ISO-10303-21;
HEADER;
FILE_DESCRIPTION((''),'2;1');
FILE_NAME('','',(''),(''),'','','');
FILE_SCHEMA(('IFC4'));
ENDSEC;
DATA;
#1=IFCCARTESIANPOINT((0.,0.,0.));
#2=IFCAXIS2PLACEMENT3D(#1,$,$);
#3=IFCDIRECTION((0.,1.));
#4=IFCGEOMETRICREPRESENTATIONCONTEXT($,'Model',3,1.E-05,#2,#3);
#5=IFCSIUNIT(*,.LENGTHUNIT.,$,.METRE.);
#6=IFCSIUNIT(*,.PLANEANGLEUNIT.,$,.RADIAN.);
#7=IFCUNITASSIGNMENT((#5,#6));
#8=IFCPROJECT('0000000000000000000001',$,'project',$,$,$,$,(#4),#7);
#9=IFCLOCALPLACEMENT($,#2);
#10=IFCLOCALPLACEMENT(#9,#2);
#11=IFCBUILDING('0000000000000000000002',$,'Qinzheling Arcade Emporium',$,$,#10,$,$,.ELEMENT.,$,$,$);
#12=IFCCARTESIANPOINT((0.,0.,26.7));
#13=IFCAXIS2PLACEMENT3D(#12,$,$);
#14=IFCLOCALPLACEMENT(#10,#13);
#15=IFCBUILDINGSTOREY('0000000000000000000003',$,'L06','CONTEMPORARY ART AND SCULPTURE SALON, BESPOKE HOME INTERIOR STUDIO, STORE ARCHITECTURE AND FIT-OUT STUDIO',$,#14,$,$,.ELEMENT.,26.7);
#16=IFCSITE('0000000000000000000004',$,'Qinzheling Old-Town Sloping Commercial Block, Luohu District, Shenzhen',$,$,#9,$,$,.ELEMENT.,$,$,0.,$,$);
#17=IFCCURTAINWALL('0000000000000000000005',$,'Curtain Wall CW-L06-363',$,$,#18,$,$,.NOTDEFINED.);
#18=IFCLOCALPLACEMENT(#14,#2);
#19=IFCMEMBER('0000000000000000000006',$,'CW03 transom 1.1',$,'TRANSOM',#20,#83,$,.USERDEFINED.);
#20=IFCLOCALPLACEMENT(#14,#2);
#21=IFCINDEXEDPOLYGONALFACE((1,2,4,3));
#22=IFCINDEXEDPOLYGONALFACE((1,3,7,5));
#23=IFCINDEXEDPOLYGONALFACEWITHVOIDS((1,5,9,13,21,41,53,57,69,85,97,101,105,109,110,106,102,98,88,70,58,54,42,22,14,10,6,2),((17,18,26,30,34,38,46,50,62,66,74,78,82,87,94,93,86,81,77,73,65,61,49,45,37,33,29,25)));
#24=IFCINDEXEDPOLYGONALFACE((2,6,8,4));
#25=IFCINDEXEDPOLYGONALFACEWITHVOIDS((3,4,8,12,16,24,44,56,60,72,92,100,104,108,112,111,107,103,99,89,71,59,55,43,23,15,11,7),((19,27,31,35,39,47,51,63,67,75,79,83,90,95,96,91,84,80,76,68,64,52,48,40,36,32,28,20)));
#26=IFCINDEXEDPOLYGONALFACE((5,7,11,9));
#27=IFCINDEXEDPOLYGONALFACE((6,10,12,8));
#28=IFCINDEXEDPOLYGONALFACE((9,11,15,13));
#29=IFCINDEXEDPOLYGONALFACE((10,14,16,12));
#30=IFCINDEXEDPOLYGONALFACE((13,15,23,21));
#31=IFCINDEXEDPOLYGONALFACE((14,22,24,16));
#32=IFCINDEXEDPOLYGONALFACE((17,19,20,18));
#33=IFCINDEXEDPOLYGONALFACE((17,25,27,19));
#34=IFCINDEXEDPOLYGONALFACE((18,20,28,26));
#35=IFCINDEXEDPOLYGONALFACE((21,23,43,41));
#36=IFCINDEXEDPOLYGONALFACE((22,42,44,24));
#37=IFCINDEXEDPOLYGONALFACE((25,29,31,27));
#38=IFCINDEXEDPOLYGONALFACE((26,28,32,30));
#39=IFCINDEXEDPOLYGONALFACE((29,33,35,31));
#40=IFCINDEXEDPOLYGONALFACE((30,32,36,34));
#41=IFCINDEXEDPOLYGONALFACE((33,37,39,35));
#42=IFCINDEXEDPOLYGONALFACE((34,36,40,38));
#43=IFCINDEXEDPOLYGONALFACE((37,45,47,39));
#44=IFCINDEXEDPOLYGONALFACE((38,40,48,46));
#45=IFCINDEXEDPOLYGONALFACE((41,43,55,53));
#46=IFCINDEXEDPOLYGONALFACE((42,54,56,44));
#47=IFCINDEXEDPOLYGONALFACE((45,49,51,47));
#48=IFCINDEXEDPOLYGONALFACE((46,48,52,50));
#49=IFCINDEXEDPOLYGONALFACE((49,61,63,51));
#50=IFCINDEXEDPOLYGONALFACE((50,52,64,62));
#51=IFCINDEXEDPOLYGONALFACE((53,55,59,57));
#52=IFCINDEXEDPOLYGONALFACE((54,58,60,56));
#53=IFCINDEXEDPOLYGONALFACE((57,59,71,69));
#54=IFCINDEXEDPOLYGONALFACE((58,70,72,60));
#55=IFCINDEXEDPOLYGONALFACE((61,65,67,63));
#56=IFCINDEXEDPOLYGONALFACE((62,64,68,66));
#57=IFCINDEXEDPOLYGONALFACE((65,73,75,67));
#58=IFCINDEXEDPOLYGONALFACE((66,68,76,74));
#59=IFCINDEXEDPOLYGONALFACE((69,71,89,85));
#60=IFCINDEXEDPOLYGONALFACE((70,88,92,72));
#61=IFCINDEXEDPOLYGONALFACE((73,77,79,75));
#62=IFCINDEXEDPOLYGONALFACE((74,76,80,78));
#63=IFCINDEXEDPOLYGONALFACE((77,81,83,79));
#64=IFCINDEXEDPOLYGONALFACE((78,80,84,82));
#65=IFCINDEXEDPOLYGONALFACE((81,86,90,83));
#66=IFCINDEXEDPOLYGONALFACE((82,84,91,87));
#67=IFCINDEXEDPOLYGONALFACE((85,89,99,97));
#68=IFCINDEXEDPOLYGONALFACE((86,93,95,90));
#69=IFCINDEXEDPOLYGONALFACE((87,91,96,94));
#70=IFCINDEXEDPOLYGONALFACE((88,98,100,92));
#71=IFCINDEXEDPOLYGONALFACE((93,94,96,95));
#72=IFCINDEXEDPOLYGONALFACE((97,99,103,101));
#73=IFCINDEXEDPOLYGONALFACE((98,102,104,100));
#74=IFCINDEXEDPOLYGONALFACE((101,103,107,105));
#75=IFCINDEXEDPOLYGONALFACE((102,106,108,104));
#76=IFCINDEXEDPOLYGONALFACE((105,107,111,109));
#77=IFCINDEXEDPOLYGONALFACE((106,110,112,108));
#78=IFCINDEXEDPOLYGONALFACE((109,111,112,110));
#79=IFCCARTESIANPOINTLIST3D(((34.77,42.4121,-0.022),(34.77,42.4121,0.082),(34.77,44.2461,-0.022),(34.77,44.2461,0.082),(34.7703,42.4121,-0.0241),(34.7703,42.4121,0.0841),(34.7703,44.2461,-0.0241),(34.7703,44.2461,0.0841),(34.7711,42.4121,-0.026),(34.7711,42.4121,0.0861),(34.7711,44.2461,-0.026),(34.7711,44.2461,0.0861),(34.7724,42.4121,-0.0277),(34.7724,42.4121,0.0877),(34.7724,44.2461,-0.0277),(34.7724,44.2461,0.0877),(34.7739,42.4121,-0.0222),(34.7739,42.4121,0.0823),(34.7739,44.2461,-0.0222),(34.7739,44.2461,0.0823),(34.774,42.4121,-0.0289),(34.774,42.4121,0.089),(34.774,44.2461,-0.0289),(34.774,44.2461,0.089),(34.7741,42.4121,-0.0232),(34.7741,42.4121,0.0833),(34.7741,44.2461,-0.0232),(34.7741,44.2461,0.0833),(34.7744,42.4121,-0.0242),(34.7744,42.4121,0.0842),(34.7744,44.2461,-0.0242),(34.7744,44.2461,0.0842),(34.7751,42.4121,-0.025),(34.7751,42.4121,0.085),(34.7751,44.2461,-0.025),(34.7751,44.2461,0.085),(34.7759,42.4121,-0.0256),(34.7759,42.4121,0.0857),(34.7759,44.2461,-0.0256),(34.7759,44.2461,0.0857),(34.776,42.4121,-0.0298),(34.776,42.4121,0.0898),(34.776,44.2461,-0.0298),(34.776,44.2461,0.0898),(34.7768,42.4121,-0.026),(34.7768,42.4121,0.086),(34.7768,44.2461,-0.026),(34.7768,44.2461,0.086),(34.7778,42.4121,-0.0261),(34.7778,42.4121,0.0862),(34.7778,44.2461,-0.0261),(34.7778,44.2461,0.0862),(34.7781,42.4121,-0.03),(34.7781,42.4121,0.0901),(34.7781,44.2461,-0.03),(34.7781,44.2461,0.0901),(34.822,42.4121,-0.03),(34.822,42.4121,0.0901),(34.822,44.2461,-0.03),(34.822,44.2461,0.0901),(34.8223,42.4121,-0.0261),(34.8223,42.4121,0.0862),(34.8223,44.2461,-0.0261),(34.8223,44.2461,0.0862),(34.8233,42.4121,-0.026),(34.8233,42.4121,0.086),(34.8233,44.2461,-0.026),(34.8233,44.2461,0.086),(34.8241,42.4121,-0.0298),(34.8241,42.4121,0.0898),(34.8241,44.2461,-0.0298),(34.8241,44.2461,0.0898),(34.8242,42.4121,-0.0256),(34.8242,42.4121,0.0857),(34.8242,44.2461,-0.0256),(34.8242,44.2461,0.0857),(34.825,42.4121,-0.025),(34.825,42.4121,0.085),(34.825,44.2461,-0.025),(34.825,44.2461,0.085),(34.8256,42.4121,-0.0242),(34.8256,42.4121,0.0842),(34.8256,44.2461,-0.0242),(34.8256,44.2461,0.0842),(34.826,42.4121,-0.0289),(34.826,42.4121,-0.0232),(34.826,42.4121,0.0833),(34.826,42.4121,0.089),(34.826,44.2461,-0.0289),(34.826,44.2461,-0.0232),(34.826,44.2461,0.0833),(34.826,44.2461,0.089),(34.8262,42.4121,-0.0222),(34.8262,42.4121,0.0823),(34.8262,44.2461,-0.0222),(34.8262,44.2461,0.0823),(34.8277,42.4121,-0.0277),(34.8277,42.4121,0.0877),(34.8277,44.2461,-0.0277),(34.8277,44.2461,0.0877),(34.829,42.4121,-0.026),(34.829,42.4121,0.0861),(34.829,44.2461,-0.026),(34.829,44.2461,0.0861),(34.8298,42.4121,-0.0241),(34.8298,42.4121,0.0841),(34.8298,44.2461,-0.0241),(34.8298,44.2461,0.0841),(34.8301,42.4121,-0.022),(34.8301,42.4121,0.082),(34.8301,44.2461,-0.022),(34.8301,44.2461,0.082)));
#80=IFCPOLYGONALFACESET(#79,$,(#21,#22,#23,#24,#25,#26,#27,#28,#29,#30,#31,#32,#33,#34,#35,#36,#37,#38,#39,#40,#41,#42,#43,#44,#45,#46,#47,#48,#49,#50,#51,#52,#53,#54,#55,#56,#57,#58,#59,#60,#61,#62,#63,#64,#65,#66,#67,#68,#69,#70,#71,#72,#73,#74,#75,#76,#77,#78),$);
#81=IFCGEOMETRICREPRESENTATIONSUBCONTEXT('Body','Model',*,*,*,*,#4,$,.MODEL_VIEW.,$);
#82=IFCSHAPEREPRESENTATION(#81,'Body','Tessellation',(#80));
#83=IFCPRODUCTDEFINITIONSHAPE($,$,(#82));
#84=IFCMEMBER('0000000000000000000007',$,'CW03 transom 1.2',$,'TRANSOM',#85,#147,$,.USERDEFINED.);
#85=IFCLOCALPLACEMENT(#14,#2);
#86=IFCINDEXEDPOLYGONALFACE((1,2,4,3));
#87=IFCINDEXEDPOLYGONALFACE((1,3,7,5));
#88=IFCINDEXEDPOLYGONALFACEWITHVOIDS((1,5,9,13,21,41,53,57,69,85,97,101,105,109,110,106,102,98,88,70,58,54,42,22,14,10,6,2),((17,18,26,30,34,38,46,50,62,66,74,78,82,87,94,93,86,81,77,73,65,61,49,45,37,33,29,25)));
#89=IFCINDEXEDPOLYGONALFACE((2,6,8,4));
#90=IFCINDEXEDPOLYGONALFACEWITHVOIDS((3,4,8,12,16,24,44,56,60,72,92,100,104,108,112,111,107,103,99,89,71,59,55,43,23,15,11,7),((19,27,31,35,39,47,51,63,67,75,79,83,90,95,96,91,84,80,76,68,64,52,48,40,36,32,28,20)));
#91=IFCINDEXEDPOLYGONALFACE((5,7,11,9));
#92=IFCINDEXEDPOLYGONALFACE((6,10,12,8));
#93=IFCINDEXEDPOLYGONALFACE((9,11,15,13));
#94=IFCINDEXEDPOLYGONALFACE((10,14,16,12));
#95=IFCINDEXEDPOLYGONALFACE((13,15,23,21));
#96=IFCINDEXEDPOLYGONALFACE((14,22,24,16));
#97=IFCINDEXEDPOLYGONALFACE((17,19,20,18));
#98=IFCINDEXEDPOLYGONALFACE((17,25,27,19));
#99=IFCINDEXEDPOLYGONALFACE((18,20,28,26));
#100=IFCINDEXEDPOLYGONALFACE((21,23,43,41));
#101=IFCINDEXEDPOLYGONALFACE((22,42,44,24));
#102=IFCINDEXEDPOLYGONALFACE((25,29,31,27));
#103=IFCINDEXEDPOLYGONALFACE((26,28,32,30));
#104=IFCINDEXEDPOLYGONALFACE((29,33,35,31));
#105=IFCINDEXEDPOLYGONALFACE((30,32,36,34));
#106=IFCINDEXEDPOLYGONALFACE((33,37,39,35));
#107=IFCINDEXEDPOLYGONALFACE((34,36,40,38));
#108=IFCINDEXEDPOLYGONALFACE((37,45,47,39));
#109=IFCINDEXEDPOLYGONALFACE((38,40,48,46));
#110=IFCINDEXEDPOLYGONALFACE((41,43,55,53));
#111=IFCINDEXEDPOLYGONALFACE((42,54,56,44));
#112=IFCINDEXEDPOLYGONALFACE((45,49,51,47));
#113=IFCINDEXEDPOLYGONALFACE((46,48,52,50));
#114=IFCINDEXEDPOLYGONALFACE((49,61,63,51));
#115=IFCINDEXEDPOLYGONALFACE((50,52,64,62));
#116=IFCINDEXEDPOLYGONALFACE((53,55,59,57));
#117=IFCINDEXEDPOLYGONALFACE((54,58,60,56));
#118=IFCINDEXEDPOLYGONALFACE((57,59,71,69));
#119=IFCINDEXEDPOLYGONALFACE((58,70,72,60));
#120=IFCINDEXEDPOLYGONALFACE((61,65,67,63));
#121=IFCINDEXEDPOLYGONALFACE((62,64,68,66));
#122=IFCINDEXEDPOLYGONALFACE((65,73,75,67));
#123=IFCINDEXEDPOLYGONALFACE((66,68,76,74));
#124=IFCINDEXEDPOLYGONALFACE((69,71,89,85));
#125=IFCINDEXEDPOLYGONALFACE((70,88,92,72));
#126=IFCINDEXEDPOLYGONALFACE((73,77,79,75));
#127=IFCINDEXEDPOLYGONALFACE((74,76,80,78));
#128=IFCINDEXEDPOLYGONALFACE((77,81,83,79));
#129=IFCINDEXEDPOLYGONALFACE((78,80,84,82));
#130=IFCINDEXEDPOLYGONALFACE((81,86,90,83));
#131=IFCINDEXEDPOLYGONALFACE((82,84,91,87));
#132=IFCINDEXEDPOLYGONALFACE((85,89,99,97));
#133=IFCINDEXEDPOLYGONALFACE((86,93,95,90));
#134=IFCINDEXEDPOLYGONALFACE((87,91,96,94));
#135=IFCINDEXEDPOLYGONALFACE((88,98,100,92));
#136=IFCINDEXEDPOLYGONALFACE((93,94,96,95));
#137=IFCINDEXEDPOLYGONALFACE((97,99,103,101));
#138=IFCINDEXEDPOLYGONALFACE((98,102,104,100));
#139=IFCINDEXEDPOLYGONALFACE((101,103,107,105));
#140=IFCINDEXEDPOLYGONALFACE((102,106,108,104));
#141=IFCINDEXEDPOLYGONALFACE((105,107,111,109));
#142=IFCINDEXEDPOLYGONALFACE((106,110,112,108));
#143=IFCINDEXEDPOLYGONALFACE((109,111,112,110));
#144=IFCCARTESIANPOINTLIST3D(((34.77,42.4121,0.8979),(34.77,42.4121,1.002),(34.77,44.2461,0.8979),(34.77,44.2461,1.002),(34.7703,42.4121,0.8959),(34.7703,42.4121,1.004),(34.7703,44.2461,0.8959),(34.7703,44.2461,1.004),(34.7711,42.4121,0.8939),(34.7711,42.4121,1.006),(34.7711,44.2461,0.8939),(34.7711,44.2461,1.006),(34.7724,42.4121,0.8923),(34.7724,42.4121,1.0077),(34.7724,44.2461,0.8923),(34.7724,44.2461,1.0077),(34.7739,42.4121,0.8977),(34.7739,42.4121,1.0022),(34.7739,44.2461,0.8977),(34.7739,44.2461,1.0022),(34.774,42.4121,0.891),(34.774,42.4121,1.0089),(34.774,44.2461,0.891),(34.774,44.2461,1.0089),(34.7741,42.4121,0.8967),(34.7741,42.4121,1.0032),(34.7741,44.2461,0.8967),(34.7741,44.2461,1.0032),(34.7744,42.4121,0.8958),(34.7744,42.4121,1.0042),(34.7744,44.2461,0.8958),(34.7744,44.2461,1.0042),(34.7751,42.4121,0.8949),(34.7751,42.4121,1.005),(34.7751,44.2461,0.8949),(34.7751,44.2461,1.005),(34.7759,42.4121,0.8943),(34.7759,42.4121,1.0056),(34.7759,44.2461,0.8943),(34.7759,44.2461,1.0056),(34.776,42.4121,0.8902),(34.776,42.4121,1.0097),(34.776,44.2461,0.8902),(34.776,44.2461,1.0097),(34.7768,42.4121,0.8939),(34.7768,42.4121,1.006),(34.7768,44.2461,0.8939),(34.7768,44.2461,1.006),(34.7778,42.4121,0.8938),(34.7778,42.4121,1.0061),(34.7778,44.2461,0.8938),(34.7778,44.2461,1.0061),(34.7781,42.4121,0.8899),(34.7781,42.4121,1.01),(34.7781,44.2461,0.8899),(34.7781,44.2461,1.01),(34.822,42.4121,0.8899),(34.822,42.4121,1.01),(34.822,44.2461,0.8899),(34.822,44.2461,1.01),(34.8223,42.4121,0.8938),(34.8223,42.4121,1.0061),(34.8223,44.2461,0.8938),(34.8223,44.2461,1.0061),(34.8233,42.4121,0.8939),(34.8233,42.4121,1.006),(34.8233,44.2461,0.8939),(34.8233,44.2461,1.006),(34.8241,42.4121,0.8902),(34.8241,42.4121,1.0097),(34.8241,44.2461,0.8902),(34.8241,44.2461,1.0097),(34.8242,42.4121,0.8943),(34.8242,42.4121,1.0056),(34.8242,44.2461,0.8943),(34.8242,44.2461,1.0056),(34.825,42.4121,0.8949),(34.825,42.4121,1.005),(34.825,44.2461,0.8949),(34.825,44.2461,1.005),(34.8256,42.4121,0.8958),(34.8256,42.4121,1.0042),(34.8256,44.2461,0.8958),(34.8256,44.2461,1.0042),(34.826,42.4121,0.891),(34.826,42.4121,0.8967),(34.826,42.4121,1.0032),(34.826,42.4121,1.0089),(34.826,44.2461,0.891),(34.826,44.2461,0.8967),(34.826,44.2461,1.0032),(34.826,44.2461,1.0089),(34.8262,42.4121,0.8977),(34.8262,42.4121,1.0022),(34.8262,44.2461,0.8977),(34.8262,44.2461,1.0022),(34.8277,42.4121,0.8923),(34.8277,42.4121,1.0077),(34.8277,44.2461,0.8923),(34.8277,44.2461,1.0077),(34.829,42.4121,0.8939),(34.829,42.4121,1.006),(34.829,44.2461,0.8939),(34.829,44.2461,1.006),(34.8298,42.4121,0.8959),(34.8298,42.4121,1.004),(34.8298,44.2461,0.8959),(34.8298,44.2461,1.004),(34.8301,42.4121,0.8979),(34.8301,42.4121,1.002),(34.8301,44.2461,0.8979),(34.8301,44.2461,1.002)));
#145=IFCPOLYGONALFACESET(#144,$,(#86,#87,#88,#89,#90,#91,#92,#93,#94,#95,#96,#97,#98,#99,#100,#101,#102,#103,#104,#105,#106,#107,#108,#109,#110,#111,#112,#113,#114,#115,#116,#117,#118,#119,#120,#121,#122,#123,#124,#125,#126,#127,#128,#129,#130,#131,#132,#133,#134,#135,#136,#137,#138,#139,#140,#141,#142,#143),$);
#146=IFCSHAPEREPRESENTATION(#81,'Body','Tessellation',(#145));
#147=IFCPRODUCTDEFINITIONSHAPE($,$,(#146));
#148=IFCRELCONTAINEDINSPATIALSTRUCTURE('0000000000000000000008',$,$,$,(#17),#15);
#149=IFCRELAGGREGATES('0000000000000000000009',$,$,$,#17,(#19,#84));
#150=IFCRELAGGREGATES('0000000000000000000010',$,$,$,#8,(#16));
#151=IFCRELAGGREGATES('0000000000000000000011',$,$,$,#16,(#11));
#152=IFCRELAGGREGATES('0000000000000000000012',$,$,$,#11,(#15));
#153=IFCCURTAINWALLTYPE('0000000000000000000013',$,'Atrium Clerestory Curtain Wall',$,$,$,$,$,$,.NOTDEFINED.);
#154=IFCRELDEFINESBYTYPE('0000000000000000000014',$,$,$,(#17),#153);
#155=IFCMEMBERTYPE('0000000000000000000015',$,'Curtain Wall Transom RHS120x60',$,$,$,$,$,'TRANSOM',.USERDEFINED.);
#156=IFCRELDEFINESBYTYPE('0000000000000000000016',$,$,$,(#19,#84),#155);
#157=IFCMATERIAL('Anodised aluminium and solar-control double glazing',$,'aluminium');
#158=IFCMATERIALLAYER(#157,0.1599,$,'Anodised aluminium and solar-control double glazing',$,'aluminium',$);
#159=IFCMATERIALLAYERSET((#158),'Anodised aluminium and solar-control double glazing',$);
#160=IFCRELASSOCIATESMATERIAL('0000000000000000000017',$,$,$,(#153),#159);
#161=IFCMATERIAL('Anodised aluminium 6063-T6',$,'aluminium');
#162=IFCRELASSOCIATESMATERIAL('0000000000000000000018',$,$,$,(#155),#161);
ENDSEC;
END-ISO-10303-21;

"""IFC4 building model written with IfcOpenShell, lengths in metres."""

from ifc_helpers import new_model, si_unit, direction, frame, origin, origin_2d, place, context, subcontext, project, spatial, hollow_rectangle, extrude, material, layer, layer_set, material_profile, profile_set, type_object, element, aggregate, save


model = new_model("IFC4")

# Units and contexts
model_context = context("Model", 3, precision=1e-05, world=origin(), true_north=direction((0.0, 1.0)))
body_context = subcontext(model_context, "Body", "Model", "MODEL_VIEW")
ifc_project = project(units=[si_unit("LENGTHUNIT", "METRE"), si_unit("PLANEANGLEUNIT", "RADIAN")], contexts=[model_context])

# Site, building, storey
site_placement = place(None, origin())
site = spatial("IfcSite", under=ifc_project, at=site_placement, Name="Qinzheling Old-Town Sloping Commercial Block, Luohu District, Shenzhen", CompositionType="ELEMENT", RefElevation=0.0)
building_placement = place(site_placement, origin())
building = spatial("IfcBuilding", under=site, at=building_placement, Name="Qinzheling Arcade Emporium", CompositionType="ELEMENT")
storey_placement = place(building_placement, frame((0.0, 0.0, 26.7)))
storey = spatial("IfcBuildingStorey", under=building, at=storey_placement, Name="L06", Description="CONTEMPORARY ART AND SCULPTURE SALON, BESPOKE HOME INTERIOR STUDIO, STORE ARCHITECTURE AND FIT-OUT STUDIO", CompositionType="ELEMENT", Elevation=26.7)

# Curtain wall
ifc_material_1 = material(Name="Anodised aluminium and solar-control double glazing", Category="aluminium")
ifc_layer_1 = layer(ifc_material_1, 0.1599, Name="Anodised aluminium and solar-control double glazing", Category="aluminium")
ifc_layer_set_1 = layer_set([ifc_layer_1], Name="Anodised aluminium and solar-control double glazing")
curtain_wall_type = type_object("IfcCurtainWallType", Name="Atrium Clerestory Curtain Wall", PredefinedType="NOTDEFINED", material=ifc_layer_set_1)
ifc_material_2 = material(Name="Anodised aluminium 6063-T6", Category="aluminium")
curtain_wall_1_placement = place(storey_placement, origin())
curtain_wall_1 = element("IfcCurtainWall", 1, at=curtain_wall_1_placement, inside=storey, type_object=curtain_wall_type, Name="Curtain Wall CW-L06-363", PredefinedType="NOTDEFINED")

# Members
ifc_material_profile_1 = material_profile(ifc_material_2, hollow_rectangle(XDim=0.0601, YDim=0.1201, WallThickness=0.0039, InnerFilletRadius=0.0039, OuterFilletRadius=0.0081, at=origin_2d()), Name="RHS 120x60x4", Category="aluminium")
ifc_profile_set_1 = profile_set([ifc_material_profile_1], Name="Anodised aluminium 6063-T6")
member_type_1 = type_object("IfcMemberType", Name="Curtain Wall Transom RHS120x60", ElementType="TRANSOM", PredefinedType="USERDEFINED", material=ifc_profile_set_1)
member_1_placement = place(storey_placement, frame((34.8, 42.4121, 0.03), z_axis=(0.0, 1.0, 0.0), x_axis=(-1.0, 0.0, 0.0)))
member_1 = element("IfcMember", 2, at=member_1_placement, type_object=member_type_1, Name="CW03 transom 1.1", ObjectType="TRANSOM", PredefinedType="USERDEFINED", context=body_context, shape_type="SweptSolid", body=[
    extrude(hollow_rectangle(XDim=0.0601, YDim=0.1201, WallThickness=0.0039, InnerFilletRadius=0.0039, OuterFilletRadius=0.0081, at=origin_2d()), origin(), (0.0, 0.0, 1.0), 1.834),
])
member_2_placement = place(storey_placement, frame((34.8, 42.4121, 0.95), z_axis=(0.0, 1.0, 0.0), x_axis=(-1.0, 0.0, 0.0)))
member_2 = element("IfcMember", 3, at=member_2_placement, type_object=member_type_1, Name="CW03 transom 1.2", ObjectType="TRANSOM", PredefinedType="USERDEFINED", context=body_context, shape_type="SweptSolid", body=[
    extrude(hollow_rectangle(XDim=0.0601, YDim=0.1201, WallThickness=0.0039, InnerFilletRadius=0.0039, OuterFilletRadius=0.0081, at=origin_2d()), origin(), (0.0, 0.0, 1.0), 1.834),
])

aggregate(curtain_wall_1, [member_1, member_2])

save(model, "model.ifc")
